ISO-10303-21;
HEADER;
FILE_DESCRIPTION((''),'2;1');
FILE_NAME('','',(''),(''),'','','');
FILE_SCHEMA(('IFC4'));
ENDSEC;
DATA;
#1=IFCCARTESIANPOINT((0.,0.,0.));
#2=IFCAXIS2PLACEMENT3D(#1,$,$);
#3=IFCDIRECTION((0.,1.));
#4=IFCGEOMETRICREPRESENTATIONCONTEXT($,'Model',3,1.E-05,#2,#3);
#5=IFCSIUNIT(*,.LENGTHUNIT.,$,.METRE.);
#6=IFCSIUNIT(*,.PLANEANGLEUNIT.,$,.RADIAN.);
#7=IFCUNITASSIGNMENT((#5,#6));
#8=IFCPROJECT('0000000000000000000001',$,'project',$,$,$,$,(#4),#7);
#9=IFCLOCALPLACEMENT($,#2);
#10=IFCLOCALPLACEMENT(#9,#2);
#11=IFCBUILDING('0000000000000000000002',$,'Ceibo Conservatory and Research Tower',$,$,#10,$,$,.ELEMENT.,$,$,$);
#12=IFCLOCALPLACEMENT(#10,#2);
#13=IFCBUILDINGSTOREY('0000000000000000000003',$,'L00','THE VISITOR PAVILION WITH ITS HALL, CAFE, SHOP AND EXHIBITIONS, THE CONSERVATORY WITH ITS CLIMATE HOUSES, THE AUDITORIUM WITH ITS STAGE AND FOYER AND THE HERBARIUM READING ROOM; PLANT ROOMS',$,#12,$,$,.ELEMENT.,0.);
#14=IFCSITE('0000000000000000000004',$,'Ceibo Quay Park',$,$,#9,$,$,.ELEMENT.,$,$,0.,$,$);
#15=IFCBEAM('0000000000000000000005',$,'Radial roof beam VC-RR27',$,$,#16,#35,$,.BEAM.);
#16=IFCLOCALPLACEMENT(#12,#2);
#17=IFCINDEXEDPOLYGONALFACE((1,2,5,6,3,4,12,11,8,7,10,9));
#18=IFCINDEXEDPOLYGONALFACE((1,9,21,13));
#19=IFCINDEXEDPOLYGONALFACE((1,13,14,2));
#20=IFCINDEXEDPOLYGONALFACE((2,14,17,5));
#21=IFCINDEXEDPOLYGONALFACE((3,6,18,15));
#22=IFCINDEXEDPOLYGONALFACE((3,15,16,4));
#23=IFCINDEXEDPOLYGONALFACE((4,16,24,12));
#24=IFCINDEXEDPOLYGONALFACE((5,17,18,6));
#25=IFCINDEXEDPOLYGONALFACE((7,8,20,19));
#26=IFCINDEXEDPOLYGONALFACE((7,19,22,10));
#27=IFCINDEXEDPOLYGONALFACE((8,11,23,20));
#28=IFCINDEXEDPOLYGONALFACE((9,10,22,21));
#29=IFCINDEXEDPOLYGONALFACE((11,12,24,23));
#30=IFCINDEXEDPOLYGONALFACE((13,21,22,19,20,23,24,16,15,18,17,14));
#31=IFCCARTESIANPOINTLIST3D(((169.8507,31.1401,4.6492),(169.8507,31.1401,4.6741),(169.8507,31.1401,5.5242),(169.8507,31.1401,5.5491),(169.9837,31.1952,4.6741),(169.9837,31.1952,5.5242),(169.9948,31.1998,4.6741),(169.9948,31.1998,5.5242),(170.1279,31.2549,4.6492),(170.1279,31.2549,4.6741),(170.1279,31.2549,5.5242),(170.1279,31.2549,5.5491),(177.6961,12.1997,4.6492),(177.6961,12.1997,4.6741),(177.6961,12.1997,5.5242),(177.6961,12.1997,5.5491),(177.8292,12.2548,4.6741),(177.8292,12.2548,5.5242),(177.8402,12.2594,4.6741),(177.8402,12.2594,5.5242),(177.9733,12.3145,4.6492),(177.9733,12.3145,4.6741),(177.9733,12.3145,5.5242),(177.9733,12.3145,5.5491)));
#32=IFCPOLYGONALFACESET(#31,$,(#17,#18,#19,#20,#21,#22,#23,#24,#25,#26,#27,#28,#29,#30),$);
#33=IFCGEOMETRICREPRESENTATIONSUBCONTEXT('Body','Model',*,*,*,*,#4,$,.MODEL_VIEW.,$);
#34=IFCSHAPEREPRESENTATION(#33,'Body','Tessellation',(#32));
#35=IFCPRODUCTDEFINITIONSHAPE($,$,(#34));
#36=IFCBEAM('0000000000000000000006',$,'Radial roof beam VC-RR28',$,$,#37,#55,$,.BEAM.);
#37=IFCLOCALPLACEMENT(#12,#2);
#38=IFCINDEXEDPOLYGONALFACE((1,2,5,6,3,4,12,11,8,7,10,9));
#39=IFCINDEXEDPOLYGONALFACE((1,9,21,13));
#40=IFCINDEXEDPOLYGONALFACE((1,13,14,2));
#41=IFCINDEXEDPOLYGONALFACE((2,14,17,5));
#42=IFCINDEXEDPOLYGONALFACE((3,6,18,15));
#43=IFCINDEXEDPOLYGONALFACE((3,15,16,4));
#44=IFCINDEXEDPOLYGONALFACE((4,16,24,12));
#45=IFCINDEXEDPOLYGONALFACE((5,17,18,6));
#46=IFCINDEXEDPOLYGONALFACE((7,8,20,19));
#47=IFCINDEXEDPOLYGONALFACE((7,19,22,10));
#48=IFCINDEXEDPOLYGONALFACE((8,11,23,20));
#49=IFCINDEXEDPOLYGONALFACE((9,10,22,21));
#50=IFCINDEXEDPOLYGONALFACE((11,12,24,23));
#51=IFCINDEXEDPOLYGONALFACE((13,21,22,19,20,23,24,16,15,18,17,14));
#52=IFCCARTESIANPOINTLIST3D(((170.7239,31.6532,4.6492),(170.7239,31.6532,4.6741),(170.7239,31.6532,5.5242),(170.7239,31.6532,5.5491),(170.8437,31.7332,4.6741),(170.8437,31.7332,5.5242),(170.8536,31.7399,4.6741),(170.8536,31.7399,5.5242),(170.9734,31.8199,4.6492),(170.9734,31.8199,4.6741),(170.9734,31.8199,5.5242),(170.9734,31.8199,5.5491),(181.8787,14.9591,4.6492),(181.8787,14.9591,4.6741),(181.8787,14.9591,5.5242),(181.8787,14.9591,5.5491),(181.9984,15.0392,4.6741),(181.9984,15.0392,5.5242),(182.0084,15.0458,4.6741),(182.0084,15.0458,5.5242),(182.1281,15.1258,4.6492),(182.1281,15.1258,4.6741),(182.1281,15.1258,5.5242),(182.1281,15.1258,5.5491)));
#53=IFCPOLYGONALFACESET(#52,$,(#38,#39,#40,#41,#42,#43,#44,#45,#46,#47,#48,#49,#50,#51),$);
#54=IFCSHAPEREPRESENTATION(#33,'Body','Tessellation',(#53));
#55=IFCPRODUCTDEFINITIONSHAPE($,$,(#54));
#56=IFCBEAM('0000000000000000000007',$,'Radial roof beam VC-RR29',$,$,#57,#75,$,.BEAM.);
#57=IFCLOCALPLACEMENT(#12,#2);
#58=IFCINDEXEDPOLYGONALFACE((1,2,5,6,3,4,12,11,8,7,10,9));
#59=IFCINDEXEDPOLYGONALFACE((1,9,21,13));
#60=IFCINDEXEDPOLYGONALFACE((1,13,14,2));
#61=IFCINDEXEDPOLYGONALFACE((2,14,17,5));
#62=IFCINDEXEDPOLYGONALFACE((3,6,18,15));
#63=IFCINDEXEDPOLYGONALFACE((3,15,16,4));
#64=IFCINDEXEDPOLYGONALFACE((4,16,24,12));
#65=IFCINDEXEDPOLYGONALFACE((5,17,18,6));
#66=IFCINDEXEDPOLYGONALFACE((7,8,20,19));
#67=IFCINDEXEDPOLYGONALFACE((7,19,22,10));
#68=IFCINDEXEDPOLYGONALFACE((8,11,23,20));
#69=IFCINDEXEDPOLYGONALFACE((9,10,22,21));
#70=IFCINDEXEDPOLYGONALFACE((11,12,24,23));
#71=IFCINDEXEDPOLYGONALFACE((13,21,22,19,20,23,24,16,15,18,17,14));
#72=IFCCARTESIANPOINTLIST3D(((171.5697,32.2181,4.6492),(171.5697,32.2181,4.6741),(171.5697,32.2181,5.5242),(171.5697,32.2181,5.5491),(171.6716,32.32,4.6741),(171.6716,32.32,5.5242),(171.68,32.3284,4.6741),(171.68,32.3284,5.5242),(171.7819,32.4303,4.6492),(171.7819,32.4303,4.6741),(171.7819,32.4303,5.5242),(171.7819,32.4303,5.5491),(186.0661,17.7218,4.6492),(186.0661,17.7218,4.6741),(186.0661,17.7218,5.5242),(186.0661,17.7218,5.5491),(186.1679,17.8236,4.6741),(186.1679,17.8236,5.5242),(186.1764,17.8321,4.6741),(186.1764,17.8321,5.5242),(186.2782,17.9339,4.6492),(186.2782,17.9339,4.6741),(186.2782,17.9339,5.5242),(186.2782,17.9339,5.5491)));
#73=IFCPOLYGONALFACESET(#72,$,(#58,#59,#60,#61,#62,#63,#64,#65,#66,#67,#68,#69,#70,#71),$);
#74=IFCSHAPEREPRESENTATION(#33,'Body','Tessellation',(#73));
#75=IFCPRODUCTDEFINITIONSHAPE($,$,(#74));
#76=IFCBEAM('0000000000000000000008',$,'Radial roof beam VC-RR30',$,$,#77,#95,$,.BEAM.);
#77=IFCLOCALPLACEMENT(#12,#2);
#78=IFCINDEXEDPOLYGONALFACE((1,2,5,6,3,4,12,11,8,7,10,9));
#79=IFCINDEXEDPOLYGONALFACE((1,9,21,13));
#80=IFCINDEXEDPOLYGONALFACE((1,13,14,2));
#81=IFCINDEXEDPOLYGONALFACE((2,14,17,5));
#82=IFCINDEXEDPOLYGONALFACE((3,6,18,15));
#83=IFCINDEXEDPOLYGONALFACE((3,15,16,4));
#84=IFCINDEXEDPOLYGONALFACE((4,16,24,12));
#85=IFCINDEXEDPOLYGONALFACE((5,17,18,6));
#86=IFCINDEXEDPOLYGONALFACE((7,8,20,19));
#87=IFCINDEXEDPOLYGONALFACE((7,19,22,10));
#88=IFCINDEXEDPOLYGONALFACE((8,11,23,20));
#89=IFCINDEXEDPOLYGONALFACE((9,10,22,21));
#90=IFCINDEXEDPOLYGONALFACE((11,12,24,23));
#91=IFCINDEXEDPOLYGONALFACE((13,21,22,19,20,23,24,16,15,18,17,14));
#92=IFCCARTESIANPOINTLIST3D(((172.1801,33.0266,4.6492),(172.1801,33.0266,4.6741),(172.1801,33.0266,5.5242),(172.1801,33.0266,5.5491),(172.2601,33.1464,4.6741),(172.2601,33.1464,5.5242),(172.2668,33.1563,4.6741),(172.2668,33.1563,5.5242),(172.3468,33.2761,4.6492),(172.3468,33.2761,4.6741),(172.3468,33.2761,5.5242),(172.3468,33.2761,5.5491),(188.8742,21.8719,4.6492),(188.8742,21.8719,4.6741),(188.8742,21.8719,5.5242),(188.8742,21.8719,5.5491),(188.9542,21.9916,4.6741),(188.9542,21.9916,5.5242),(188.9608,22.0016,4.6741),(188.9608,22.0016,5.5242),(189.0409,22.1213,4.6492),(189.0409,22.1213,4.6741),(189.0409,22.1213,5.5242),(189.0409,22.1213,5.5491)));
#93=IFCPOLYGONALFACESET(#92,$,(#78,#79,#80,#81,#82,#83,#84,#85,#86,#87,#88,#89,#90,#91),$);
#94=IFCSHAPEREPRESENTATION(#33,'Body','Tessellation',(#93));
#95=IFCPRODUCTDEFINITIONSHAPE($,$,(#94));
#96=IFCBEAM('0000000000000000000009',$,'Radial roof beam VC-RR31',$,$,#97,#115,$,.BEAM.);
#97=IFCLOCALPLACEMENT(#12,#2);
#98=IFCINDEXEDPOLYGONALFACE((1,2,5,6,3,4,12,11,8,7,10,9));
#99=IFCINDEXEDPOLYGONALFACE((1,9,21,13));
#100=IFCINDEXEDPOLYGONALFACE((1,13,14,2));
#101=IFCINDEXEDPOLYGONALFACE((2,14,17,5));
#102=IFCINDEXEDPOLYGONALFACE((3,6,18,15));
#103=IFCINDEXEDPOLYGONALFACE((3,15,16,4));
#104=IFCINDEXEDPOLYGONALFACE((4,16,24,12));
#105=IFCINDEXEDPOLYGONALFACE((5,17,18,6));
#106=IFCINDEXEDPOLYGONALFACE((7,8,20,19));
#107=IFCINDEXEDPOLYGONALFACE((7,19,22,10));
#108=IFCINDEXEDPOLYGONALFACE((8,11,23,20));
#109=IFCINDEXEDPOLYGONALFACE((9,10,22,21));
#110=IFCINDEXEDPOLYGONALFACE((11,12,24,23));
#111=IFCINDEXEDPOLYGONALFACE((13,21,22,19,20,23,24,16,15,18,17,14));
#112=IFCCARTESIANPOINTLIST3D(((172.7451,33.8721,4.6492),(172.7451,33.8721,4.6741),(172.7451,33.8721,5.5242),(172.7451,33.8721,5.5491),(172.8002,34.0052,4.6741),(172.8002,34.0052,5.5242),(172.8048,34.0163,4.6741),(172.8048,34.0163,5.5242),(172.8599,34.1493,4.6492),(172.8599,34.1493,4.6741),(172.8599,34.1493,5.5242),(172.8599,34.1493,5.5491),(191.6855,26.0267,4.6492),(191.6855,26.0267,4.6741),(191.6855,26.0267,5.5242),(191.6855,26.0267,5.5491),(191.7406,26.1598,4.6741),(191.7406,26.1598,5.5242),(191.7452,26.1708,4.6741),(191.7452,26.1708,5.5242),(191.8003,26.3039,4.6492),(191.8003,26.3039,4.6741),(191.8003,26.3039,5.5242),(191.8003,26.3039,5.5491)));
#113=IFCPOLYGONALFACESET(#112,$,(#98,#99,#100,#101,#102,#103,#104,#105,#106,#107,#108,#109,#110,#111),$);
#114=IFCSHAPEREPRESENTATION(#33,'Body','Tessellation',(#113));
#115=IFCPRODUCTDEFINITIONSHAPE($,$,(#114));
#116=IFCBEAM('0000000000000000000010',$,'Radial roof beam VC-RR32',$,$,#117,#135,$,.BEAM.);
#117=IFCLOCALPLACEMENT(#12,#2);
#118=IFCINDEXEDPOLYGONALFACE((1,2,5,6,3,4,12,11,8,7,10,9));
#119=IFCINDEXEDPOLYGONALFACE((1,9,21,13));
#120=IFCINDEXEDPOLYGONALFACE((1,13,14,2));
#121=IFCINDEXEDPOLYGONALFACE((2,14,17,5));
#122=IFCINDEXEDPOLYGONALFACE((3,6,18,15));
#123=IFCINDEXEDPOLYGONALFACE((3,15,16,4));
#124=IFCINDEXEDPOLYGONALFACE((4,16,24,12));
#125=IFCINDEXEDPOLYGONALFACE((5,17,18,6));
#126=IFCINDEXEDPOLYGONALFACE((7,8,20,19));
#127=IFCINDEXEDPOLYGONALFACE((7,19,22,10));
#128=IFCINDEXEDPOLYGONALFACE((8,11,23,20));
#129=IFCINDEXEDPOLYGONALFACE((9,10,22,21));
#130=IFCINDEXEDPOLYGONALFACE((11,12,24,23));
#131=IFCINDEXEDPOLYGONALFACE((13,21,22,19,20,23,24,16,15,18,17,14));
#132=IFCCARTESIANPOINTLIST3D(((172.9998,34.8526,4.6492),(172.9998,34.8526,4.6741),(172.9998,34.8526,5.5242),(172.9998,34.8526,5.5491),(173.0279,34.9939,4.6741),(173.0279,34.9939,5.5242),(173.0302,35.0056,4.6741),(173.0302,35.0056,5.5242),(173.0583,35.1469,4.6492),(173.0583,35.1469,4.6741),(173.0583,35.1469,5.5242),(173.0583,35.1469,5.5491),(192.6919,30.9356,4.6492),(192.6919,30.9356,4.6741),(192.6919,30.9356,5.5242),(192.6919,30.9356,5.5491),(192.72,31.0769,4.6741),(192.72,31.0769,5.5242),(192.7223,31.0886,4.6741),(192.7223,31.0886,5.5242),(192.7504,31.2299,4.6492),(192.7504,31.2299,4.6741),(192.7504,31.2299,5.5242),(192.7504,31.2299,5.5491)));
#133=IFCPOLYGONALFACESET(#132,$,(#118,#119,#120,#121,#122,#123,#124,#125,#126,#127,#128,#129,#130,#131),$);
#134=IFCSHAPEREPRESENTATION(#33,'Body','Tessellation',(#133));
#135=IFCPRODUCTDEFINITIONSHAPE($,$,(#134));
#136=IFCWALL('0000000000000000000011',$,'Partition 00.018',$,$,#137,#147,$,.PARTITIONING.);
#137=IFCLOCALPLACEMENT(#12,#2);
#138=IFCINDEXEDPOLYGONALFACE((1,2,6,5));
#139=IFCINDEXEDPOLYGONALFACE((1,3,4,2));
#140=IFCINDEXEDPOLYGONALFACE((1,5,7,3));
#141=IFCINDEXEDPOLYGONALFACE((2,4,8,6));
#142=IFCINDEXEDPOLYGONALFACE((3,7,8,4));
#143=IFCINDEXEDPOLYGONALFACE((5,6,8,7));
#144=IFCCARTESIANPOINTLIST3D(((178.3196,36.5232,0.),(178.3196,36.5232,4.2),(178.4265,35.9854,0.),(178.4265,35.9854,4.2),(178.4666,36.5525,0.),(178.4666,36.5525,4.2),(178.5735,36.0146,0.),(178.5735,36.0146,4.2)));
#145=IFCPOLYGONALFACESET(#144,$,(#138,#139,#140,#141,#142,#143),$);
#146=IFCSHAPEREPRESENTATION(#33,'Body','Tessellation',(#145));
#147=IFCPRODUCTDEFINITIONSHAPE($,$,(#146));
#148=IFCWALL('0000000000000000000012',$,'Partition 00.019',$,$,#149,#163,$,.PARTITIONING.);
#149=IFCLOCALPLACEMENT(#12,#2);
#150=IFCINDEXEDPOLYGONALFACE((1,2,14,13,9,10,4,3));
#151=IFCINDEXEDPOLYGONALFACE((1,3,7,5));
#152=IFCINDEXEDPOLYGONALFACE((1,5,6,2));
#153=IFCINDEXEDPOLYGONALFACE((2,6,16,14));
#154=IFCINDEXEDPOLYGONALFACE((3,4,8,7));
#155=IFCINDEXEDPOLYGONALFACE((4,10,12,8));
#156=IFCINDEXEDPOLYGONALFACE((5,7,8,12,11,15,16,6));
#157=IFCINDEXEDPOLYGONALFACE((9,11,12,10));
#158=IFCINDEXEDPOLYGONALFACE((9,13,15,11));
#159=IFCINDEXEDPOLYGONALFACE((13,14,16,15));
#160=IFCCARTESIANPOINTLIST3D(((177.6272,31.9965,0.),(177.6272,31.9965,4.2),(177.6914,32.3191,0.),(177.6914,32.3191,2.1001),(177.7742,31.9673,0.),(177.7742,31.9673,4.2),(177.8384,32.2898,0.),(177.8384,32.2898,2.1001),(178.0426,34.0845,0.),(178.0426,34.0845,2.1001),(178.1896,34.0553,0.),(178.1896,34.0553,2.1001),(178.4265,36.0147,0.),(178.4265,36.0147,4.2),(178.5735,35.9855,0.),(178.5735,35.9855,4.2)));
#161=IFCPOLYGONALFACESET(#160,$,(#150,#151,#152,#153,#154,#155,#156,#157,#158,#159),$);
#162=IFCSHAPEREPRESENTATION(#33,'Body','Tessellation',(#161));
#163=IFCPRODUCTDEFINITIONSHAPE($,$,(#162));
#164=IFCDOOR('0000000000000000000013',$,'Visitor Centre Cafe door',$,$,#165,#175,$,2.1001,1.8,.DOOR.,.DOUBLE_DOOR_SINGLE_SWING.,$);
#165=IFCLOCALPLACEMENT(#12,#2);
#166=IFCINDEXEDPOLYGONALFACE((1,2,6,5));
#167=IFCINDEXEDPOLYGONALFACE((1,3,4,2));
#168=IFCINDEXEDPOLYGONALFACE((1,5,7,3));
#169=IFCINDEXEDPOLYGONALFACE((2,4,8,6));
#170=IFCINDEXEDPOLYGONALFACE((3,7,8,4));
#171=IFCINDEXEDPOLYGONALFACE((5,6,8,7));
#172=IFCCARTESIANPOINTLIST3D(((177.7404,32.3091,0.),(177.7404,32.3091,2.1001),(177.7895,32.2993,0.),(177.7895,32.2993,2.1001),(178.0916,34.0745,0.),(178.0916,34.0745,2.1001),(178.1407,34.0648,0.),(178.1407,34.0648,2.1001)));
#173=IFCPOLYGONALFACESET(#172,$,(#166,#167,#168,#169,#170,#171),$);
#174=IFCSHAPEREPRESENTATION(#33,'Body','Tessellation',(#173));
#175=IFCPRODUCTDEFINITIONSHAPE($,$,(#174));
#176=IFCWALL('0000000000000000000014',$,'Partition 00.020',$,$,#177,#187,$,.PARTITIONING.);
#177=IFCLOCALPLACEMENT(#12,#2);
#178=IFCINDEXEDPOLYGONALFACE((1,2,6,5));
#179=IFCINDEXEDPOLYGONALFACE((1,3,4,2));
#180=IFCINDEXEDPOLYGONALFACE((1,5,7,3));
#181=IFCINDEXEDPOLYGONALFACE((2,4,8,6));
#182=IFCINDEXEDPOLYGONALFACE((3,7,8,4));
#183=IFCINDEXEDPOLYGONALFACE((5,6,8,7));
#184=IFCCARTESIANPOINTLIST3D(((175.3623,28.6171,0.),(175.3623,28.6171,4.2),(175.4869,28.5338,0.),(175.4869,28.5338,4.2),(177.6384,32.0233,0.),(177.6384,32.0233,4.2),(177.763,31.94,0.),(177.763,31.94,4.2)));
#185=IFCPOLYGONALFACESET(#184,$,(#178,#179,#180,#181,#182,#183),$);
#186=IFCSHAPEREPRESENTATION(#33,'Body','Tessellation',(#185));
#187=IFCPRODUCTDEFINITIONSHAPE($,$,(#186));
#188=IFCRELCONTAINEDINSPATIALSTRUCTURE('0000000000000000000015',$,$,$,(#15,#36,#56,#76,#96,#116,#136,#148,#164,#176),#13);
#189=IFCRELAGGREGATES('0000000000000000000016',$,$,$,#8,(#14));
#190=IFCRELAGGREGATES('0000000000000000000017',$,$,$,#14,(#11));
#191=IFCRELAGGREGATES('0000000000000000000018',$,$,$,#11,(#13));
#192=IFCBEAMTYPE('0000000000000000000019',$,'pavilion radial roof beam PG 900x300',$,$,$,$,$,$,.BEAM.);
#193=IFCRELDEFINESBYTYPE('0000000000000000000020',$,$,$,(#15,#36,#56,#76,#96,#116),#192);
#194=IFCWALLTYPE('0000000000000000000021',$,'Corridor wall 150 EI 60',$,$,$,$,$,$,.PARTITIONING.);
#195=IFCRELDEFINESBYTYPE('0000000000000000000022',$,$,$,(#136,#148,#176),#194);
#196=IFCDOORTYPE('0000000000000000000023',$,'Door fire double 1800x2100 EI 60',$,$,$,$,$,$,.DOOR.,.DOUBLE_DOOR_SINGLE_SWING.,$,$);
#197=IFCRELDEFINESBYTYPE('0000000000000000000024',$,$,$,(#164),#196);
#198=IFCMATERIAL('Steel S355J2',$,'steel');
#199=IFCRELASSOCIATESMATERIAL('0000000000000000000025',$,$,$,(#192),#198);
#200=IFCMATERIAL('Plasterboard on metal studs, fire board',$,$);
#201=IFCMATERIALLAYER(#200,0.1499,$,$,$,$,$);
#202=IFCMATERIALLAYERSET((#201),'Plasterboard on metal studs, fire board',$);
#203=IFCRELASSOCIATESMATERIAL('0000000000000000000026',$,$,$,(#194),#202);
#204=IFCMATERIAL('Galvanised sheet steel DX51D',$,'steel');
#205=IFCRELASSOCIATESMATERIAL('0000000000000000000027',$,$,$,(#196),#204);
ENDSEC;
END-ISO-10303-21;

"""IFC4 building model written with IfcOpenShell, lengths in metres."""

from ifc_helpers import new_model, si_unit, direction, frame, frame_2d, origin, origin_2d, place, context, subcontext, project, spatial, rectangle, i_section, extrude, material, layer, layer_set, material_profile, profile_set, type_object, element, fill, save


model = new_model("IFC4")

# Units and contexts
model_context = context("Model", 3, precision=1e-05, world=origin(), true_north=direction((0.0, 1.0)))
body_context = subcontext(model_context, "Body", "Model", "MODEL_VIEW")
ifc_project = project(units=[si_unit("LENGTHUNIT", "METRE"), si_unit("PLANEANGLEUNIT", "RADIAN")], contexts=[model_context])

# Site, building, storey
site_placement = place(None, origin())
site = spatial("IfcSite", under=ifc_project, at=site_placement, Name="Ceibo Quay Park", CompositionType="ELEMENT", RefElevation=0.0)
building_placement = place(site_placement, origin())
building = spatial("IfcBuilding", under=site, at=building_placement, Name="Ceibo Conservatory and Research Tower", CompositionType="ELEMENT")
storey_placement = place(building_placement, origin())
storey = spatial("IfcBuildingStorey", under=building, at=storey_placement, Name="L00", Description="THE VISITOR PAVILION WITH ITS HALL, CAFE, SHOP AND EXHIBITIONS, THE CONSERVATORY WITH ITS CLIMATE HOUSES, THE AUDITORIUM WITH ITS STAGE AND FOYER AND THE HERBARIUM READING ROOM; PLANT ROOMS", CompositionType="ELEMENT", Elevation=0.0)

# Beams
ifc_material_1 = material(Name="Steel S355J2", Category="steel")
ifc_material_profile_1 = material_profile(ifc_material_1, i_section(OverallWidth=0.3, OverallDepth=0.8999, WebThickness=0.012, FlangeThickness=0.0249, at=origin_2d()), Name="PG 900x300")
ifc_profile_set_1 = profile_set([ifc_material_profile_1], Name="Steel S355J2")
beam_type = type_object("IfcBeamType", Name="pavilion radial roof beam PG 900x300", PredefinedType="BEAM", material=ifc_profile_set_1)
beam_1_placement = place(storey_placement, frame((169.9893, 31.1975, 5.0991), z_axis=(0.382687, -0.923878, 0.0), x_axis=(0.923878, 0.382687, 0.0)))
element("IfcBeam", 1, at=beam_1_placement, inside=storey, type_object=beam_type, Name="Radial roof beam VC-RR27", PredefinedType="BEAM", context=body_context, shape_type="SweptSolid", body=[
    extrude(i_section(OverallWidth=0.3, OverallDepth=0.8999, WebThickness=0.012, FlangeThickness=0.0249, at=origin_2d()), origin(), (0.0, 0.0, 1.0), 20.501),
])
beam_2_placement = place(storey_placement, frame((170.8486, 31.7366, 5.0991), z_axis=(0.555575, -0.831466, 0.0), x_axis=(0.831466, 0.555575, 0.0)))
element("IfcBeam", 2, at=beam_2_placement, inside=storey, type_object=beam_type, Name="Radial roof beam VC-RR28", PredefinedType="BEAM", context=body_context, shape_type="SweptSolid", body=[
    extrude(i_section(OverallWidth=0.3, OverallDepth=0.8999, WebThickness=0.012, FlangeThickness=0.0249, at=origin_2d()), origin(), (0.0, 0.0, 1.0), 20.0779),
])
beam_3_placement = place(storey_placement, frame((171.6758, 32.3242, 5.0991), z_axis=(0.707107, -0.707107, 0.0), x_axis=(0.707107, 0.707107, 0.0)))
element("IfcBeam", 3, at=beam_3_placement, inside=storey, type_object=beam_type, Name="Radial roof beam VC-RR29", PredefinedType="BEAM", context=body_context, shape_type="SweptSolid", body=[
    extrude(i_section(OverallWidth=0.3, OverallDepth=0.8999, WebThickness=0.012, FlangeThickness=0.0249, at=origin_2d()), origin(), (0.0, 0.0, 1.0), 20.501),
])
beam_4_placement = place(storey_placement, frame((172.2634, 33.1514, 5.0991), z_axis=(0.831466, -0.555575, 0.0), x_axis=(0.555575, 0.831466, 0.0)))
element("IfcBeam", 4, at=beam_4_placement, inside=storey, type_object=beam_type, Name="Radial roof beam VC-RR30", PredefinedType="BEAM", context=body_context, shape_type="SweptSolid", body=[
    extrude(i_section(OverallWidth=0.3, OverallDepth=0.8999, WebThickness=0.012, FlangeThickness=0.0249, at=origin_2d()), origin(), (0.0, 0.0, 1.0), 20.0779),
])
beam_5_placement = place(storey_placement, frame((172.8025, 34.0107, 5.0991), z_axis=(0.923878, -0.382687, 0.0), x_axis=(0.382687, 0.923878, 0.0)))
element("IfcBeam", 5, at=beam_5_placement, inside=storey, type_object=beam_type, Name="Radial roof beam VC-RR31", PredefinedType="BEAM", context=body_context, shape_type="SweptSolid", body=[
    extrude(i_section(OverallWidth=0.3, OverallDepth=0.8999, WebThickness=0.012, FlangeThickness=0.0249, at=origin_2d()), origin(), (0.0, 0.0, 1.0), 20.501),
])
beam_6_placement = place(storey_placement, frame((173.0291, 34.9998, 5.0991), z_axis=(0.980785, -0.195089, 0.0), x_axis=(0.195089, 0.980785, 0.0)))
element("IfcBeam", 6, at=beam_6_placement, inside=storey, type_object=beam_type, Name="Radial roof beam VC-RR32", PredefinedType="BEAM", context=body_context, shape_type="SweptSolid", body=[
    extrude(i_section(OverallWidth=0.3, OverallDepth=0.8999, WebThickness=0.012, FlangeThickness=0.0249, at=origin_2d()), origin(), (0.0, 0.0, 1.0), 20.0779),
])

# Wall
ifc_material_2 = material(Name="Plasterboard on metal studs, fire board")
ifc_layer = layer(ifc_material_2, 0.1499)
ifc_layer_set = layer_set([ifc_layer], Name="Plasterboard on metal studs, fire board")
wall_type = type_object("IfcWallType", Name="Corridor wall 150 EI 60", PredefinedType="PARTITIONING", material=ifc_layer_set)
wall_1_placement = place(storey_placement, frame((178.3931, 36.5378, 0.0), z_axis=(0.0, 0.0, 1.0), x_axis=(0.195003, -0.980803, 0.0)))
element("IfcWall", 7, at=wall_1_placement, inside=storey, type_object=wall_type, Name="Partition 00.018", PredefinedType="PARTITIONING", context=body_context, shape_type="SweptSolid", body=[
    extrude(rectangle(XDim=0.5483, YDim=0.1499, at=frame_2d((0.2742, 0.0))), origin(), (0.0, 0.0, 1.0), 4.2),
])

# Wall, opening, door
wall_2_placement = place(storey_placement, frame((178.5, 36.0, 0.0), z_axis=(0.0, 0.0, 1.0), x_axis=(-0.195096, -0.980784, 0.0)))
wall_2 = element("IfcWall", 8, at=wall_2_placement, inside=storey, type_object=wall_type, Name="Partition 00.019", PredefinedType="PARTITIONING", context=body_context, shape_type="SweptSolid", body=[
    extrude(rectangle(XDim=4.0969, YDim=0.1499, at=frame_2d((2.0483, 0.0))), origin(), (0.0, 0.0, 1.0), 4.2),
])
opening_placement = place(wall_2_placement, frame((1.968, 0.0, 0.0)))
opening = element("IfcOpeningElement", 9, at=opening_placement, cuts=wall_2, PredefinedType="OPENING", context=body_context, shape_type="SweptSolid", body=[
    extrude(rectangle(XDim=1.8, YDim=2.1001, at=frame_2d((0.8999, 1.05))), frame((0.0, 0.085, 0.0), z_axis=(0.0, -1.0, 0.0), x_axis=(1.0, 0.0, 0.0)), (0.0, 0.0, 1.0), 0.1699),
])
ifc_material_3 = material(Name="Galvanised sheet steel DX51D", Category="steel")
door_type = type_object("IfcDoorType", Name="Door fire double 1800x2100 EI 60", OperationType="DOUBLE_DOOR_SINGLE_SWING", PredefinedType="DOOR", material=ifc_material_3)
door_placement = place(opening_placement, frame((1.8, 0.0, 0.0), z_axis=(0.0, 0.0, 1.0), x_axis=(-1.0, 0.0, 0.0)))
door = element("IfcDoor", 10, at=door_placement, inside=storey, type_object=door_type, Name="Visitor Centre Cafe door", OperationType="DOUBLE_DOOR_SINGLE_SWING", OverallHeight=2.1001, OverallWidth=1.8, PredefinedType="DOOR", context=body_context, shape_type="SweptSolid", body=[
    extrude(rectangle(XDim=1.8, YDim=2.1001, at=frame_2d((0.8999, 1.05))), frame((0.0, 0.0249, 0.0), z_axis=(0.0, -1.0, 0.0), x_axis=(1.0, 0.0, 0.0)), (0.0, 0.0, 1.0), 0.05),
])
fill(opening, door)

# Wall
wall_3_placement = place(storey_placement, frame((177.7007, 31.9817, 0.0), z_axis=(0.0, 0.0, 1.0), x_axis=(-0.555594, -0.831454, 0.0)))
element("IfcWall", 11, at=wall_3_placement, inside=storey, type_object=wall_type, Name="Partition 00.020", PredefinedType="PARTITIONING", context=body_context, shape_type="SweptSolid", body=[
    extrude(rectangle(XDim=4.0967, YDim=0.1499, at=frame_2d((2.0483, 0.0))), origin(), (0.0, 0.0, 1.0), 4.2),
])

save(model, "model.ifc")
